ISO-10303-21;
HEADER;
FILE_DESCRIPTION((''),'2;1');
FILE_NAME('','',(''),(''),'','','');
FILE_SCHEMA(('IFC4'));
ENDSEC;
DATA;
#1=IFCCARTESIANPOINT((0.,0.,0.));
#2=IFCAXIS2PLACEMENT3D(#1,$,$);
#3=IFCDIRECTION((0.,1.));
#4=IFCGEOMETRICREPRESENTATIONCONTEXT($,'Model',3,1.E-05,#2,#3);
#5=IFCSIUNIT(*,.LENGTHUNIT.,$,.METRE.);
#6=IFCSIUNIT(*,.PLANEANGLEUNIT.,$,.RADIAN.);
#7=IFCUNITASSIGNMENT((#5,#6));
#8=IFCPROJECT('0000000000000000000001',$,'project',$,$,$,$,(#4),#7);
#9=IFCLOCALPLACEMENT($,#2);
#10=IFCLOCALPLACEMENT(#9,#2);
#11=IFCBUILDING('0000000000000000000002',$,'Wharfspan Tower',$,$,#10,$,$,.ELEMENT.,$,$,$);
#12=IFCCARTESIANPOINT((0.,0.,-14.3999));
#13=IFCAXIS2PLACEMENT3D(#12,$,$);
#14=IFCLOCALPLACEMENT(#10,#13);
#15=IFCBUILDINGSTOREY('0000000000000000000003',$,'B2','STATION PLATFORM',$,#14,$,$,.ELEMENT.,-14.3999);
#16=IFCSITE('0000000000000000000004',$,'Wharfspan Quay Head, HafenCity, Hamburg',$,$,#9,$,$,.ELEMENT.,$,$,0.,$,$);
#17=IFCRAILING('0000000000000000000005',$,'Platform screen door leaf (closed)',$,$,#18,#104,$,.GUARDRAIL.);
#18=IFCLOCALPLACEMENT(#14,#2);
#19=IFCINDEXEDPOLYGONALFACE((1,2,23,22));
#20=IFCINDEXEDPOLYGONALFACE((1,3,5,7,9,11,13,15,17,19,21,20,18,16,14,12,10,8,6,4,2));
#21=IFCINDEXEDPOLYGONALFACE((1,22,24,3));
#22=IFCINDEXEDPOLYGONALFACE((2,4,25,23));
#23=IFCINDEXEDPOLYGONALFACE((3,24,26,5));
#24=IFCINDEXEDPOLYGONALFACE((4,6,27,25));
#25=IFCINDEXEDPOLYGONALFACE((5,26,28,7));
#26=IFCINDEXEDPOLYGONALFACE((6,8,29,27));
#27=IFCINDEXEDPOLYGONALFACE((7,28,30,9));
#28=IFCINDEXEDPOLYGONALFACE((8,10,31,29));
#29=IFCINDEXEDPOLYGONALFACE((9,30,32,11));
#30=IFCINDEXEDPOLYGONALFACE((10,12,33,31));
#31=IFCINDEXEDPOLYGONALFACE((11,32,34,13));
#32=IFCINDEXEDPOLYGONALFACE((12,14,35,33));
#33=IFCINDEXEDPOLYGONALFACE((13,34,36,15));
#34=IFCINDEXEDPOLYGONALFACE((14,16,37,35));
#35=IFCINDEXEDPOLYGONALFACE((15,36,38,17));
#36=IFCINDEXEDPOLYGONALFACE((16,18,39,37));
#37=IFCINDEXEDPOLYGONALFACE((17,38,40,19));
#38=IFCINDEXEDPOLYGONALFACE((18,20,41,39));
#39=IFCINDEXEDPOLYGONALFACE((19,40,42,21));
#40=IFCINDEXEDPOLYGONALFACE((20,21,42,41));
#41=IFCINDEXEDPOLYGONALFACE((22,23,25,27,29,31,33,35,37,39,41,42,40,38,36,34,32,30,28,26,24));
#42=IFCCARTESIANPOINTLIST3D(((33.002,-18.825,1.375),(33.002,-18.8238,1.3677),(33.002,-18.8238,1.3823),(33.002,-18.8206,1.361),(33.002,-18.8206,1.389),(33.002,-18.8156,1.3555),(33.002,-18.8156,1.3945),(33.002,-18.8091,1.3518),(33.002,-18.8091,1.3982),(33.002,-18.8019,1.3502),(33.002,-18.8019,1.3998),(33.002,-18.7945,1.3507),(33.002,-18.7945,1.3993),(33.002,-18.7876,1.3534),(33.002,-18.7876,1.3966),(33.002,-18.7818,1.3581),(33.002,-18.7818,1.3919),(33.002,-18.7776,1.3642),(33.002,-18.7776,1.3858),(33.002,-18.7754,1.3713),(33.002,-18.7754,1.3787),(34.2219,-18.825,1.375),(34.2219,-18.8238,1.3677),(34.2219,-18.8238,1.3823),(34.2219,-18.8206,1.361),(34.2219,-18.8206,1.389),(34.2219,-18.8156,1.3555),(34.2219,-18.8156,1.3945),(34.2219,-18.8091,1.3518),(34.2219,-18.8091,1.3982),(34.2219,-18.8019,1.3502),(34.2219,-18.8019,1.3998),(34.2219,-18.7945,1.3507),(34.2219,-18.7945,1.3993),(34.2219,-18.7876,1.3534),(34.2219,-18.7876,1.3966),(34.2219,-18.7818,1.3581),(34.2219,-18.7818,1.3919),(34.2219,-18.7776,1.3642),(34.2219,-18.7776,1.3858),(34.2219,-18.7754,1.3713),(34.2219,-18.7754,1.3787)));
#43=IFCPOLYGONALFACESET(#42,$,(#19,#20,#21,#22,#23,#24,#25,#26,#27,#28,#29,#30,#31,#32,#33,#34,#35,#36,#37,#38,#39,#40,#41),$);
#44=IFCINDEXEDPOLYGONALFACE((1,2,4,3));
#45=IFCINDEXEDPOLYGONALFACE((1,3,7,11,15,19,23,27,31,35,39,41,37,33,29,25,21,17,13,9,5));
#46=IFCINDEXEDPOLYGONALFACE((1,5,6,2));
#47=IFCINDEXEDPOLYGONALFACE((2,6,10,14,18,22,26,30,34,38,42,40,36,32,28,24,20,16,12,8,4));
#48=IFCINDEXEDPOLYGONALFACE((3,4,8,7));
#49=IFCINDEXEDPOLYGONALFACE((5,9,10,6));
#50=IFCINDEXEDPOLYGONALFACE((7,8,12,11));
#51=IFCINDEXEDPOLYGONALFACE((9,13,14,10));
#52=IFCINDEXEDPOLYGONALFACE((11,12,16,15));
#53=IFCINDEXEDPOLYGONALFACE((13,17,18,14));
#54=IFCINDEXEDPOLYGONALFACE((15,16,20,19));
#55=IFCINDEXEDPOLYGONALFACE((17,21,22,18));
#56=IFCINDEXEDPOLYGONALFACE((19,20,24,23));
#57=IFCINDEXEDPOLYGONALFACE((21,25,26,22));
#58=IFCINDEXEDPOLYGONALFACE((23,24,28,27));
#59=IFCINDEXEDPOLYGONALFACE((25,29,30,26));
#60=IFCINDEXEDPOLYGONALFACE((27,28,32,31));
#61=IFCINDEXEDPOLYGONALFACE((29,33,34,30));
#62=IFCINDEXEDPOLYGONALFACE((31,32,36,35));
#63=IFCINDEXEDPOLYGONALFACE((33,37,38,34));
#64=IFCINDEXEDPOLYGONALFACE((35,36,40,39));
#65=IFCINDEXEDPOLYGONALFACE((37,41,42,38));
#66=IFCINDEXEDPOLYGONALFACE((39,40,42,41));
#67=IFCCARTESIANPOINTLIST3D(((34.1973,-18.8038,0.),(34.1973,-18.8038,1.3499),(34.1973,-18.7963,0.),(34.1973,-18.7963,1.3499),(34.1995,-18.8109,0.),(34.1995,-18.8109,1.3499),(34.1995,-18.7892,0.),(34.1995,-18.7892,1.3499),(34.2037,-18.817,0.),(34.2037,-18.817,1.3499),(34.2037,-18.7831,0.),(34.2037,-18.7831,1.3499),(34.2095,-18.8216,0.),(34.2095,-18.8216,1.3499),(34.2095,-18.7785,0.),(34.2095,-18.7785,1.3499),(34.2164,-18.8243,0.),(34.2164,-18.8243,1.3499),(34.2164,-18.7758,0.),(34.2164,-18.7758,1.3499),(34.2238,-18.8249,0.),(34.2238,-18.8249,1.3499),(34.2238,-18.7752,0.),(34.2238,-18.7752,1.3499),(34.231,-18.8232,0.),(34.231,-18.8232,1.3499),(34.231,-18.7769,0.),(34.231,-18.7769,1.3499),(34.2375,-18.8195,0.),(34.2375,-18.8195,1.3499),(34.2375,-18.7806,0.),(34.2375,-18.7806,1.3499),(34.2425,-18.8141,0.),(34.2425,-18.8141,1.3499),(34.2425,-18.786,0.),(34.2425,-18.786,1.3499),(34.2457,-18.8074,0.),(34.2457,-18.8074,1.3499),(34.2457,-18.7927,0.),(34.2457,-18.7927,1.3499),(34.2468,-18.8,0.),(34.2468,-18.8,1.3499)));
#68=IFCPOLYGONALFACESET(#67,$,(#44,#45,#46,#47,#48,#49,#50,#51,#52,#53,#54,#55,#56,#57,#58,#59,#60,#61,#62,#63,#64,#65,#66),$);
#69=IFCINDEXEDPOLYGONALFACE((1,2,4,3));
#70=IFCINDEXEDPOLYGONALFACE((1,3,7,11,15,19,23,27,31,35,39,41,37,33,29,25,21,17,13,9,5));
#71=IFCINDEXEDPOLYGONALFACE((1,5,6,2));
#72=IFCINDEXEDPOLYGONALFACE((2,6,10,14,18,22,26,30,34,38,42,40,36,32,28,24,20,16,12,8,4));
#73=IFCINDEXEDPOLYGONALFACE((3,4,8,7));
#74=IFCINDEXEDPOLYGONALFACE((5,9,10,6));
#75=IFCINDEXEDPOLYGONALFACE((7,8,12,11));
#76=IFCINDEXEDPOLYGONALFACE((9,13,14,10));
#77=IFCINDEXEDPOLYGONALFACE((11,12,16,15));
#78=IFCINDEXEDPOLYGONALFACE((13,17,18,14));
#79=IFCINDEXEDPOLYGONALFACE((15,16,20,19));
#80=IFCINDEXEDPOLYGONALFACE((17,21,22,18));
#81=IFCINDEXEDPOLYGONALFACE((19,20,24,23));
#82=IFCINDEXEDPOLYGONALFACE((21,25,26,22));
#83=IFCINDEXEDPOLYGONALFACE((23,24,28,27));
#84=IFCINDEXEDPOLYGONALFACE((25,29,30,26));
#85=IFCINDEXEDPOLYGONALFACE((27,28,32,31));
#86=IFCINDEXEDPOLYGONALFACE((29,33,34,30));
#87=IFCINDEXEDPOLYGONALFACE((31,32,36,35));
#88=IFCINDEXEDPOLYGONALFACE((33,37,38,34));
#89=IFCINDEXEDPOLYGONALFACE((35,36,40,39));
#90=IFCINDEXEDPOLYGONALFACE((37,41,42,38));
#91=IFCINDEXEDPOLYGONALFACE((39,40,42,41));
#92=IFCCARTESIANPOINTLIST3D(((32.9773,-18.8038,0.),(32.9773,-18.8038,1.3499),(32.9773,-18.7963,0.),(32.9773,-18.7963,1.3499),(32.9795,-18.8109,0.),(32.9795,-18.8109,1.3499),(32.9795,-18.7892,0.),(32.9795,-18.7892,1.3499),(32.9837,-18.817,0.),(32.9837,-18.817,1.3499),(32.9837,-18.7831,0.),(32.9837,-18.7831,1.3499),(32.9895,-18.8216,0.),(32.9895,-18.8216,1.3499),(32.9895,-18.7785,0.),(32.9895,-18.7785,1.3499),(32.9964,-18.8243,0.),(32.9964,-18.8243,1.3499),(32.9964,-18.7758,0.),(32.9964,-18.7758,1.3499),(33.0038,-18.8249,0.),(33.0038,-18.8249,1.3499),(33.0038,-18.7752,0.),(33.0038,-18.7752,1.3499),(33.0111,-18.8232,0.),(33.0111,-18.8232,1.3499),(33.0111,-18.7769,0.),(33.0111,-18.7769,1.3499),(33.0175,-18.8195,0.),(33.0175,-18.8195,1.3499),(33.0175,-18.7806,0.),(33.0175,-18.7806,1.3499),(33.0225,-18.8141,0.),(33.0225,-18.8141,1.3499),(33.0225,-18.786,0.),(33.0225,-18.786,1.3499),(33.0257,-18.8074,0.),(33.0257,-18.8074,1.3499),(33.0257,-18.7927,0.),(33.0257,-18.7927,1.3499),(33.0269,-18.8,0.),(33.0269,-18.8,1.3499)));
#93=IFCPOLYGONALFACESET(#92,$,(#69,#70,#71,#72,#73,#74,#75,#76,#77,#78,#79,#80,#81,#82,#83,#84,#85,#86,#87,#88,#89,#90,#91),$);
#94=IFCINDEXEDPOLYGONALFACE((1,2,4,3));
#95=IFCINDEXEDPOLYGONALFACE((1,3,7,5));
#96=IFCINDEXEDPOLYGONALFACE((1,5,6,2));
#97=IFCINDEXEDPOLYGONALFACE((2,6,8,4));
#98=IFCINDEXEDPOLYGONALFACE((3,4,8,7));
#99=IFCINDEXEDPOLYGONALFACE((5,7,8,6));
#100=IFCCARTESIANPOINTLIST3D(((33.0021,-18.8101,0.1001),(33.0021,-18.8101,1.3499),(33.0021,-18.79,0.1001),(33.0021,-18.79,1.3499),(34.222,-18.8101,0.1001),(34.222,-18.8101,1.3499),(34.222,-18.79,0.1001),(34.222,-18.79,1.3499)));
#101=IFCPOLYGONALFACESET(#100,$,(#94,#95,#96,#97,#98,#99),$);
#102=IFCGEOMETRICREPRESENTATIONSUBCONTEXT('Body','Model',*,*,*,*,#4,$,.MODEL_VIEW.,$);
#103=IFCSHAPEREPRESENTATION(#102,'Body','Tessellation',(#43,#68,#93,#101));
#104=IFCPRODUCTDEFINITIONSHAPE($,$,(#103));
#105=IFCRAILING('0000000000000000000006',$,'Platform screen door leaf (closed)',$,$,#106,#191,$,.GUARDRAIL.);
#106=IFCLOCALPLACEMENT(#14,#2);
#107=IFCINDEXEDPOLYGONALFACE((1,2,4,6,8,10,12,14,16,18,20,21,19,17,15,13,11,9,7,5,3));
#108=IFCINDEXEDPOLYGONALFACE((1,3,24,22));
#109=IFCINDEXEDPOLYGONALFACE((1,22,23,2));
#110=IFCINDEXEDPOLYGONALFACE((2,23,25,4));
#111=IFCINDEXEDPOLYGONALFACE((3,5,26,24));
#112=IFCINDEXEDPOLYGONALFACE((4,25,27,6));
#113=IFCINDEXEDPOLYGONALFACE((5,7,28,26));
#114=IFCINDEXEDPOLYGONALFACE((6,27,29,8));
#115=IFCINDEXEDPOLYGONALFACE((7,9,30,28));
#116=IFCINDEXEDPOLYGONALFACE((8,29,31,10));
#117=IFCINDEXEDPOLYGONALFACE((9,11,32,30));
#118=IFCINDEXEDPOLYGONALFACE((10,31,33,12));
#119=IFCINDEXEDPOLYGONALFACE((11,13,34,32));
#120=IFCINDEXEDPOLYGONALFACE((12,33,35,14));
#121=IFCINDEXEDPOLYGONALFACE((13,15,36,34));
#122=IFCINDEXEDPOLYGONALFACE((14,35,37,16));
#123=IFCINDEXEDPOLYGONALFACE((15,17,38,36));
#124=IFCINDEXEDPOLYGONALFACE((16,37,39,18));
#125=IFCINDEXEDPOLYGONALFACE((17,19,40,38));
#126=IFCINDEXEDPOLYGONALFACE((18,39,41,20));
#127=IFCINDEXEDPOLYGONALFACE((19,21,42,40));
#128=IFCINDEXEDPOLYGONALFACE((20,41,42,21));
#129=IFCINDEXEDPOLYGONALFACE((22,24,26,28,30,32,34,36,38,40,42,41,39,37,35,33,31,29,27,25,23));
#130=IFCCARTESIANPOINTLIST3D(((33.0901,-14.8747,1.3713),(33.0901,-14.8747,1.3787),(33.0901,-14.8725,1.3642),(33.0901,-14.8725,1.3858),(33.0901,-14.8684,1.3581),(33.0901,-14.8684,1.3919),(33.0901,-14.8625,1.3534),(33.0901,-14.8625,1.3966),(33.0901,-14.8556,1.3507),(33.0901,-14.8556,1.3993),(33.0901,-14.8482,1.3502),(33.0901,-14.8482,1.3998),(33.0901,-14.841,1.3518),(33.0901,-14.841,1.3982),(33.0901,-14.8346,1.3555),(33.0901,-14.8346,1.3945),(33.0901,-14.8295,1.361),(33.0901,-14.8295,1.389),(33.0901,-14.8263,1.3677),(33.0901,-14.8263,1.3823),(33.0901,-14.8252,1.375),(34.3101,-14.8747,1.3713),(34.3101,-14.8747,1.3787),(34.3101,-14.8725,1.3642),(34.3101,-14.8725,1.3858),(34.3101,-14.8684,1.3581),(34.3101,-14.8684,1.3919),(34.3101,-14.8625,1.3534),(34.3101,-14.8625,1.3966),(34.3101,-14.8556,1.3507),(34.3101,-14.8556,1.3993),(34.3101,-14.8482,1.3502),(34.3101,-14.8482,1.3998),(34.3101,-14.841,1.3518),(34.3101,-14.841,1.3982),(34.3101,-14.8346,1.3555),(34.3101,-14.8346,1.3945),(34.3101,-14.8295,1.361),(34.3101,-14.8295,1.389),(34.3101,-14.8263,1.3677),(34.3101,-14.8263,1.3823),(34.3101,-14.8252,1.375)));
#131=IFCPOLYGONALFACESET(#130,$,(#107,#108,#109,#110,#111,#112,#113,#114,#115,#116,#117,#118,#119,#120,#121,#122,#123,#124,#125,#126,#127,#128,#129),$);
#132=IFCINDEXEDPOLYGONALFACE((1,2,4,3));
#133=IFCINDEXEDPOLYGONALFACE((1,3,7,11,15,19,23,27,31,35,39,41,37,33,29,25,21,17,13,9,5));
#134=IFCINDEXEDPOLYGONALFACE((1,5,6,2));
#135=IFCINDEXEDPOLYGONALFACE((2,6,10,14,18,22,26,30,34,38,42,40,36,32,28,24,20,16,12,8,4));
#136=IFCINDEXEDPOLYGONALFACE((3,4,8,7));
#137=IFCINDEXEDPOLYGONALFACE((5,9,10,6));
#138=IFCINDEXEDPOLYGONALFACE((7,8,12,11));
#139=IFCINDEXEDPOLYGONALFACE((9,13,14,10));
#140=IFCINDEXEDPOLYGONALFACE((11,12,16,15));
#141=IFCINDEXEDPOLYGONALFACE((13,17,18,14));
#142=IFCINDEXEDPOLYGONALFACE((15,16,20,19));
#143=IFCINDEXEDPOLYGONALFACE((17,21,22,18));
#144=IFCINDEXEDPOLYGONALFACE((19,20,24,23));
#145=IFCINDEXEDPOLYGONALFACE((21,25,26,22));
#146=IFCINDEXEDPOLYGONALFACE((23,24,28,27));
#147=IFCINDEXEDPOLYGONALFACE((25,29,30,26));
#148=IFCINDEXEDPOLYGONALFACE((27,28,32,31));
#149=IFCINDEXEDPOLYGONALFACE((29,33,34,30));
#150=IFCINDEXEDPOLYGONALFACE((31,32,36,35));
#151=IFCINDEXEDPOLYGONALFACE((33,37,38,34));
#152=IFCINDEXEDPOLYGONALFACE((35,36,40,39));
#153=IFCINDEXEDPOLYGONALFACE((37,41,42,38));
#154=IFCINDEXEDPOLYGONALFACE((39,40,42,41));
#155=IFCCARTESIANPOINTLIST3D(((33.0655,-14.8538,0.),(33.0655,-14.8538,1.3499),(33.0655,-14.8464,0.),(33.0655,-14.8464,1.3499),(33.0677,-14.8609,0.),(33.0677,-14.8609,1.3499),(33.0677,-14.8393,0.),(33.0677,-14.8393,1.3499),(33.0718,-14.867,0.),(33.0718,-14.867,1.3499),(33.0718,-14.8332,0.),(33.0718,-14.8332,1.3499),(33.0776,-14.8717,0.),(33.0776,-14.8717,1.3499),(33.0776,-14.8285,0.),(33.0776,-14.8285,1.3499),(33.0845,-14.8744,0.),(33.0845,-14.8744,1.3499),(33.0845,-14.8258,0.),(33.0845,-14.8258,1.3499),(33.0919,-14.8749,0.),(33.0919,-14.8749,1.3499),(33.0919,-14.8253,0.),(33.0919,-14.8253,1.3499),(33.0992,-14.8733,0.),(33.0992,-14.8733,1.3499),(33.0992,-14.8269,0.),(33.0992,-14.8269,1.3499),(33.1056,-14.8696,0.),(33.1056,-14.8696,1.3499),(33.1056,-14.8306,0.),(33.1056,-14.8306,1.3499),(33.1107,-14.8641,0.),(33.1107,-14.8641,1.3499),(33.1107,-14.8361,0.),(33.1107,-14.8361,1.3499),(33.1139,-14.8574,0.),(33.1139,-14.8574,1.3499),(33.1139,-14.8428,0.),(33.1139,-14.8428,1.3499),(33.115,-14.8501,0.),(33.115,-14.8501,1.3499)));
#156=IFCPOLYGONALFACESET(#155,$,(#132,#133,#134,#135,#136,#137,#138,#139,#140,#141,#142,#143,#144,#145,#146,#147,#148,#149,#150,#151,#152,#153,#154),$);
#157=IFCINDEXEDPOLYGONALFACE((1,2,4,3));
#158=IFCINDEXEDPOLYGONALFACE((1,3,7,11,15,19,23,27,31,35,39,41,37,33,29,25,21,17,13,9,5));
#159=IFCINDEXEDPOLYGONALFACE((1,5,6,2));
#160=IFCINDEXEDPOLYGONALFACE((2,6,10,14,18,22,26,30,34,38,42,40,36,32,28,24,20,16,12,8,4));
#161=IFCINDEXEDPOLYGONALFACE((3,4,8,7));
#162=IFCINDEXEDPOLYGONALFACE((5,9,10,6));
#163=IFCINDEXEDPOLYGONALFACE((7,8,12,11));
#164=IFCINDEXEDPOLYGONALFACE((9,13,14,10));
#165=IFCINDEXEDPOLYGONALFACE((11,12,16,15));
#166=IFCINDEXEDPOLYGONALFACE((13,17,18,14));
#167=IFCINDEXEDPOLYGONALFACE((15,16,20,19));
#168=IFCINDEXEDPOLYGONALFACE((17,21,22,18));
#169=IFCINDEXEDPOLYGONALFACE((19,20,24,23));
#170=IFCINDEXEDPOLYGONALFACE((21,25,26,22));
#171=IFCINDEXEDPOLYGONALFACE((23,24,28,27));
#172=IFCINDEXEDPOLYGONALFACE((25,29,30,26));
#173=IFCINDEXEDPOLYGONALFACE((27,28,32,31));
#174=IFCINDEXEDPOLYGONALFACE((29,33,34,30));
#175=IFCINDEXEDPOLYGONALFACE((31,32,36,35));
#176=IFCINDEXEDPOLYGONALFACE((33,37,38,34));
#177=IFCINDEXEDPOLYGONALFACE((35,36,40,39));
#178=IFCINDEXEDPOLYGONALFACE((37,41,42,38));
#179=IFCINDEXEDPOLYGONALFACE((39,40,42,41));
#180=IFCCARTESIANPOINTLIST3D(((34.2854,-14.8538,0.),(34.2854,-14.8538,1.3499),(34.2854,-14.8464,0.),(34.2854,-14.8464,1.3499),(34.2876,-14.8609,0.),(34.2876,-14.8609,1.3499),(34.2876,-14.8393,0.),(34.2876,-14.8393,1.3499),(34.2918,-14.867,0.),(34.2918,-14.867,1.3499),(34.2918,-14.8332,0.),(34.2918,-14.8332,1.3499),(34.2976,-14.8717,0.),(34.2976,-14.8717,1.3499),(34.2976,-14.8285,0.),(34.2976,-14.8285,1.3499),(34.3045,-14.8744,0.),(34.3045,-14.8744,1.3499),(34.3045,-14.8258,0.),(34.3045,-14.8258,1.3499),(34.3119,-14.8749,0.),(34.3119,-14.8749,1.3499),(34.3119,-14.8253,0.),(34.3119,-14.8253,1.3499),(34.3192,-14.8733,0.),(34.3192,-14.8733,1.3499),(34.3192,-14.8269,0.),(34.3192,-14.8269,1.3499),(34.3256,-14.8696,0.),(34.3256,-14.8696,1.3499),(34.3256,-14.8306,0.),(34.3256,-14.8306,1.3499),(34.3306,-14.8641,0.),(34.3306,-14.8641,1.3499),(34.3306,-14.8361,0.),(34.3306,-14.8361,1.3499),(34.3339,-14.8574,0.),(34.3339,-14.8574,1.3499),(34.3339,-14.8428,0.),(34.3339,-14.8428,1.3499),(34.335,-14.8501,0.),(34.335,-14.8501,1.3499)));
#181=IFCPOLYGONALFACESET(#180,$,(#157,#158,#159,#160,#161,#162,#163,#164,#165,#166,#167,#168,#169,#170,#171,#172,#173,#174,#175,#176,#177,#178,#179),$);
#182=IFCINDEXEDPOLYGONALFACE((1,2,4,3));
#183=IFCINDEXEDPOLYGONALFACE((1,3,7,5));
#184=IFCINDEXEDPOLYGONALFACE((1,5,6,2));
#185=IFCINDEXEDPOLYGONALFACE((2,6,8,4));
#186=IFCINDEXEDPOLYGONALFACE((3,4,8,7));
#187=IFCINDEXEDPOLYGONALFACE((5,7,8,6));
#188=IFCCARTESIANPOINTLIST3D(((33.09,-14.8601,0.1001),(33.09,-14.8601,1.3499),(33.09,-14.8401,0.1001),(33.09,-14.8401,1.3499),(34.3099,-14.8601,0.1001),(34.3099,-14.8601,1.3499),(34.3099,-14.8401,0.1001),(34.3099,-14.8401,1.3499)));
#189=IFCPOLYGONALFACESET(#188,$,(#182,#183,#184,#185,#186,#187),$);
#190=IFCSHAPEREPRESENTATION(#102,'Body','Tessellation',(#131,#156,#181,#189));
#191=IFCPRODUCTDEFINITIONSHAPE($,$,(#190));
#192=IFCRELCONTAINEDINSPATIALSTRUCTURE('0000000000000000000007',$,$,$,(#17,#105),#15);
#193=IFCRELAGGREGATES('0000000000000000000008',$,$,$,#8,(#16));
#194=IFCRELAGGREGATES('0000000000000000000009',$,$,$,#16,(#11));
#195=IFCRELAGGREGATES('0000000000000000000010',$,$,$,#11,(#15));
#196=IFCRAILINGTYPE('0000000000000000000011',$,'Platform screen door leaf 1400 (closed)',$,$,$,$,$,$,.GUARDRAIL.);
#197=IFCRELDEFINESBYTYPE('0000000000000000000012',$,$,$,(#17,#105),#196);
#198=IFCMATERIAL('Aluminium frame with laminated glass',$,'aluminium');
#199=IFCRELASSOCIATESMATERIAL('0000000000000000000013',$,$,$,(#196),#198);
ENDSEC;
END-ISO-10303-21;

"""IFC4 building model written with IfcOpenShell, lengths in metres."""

from ifc_helpers import new_model, si_unit, direction, frame, origin, origin_2d, place, context, subcontext, project, spatial, rectangle, circle, extrude, material, type_object, element, save


model = new_model("IFC4")

# Units and contexts
model_context = context("Model", 3, precision=1e-05, world=origin(), true_north=direction((0.0, 1.0)))
body_context = subcontext(model_context, "Body", "Model", "MODEL_VIEW")
ifc_project = project(units=[si_unit("LENGTHUNIT", "METRE"), si_unit("PLANEANGLEUNIT", "RADIAN")], contexts=[model_context])

# Site, building, storey
site_placement = place(None, origin())
site = spatial("IfcSite", under=ifc_project, at=site_placement, Name="Wharfspan Quay Head, HafenCity, Hamburg", CompositionType="ELEMENT", RefElevation=0.0)
building_placement = place(site_placement, origin())
building = spatial("IfcBuilding", under=site, at=building_placement, Name="Wharfspan Tower", CompositionType="ELEMENT")
storey_placement = place(building_placement, frame((0.0, 0.0, -14.3999)))
storey = spatial("IfcBuildingStorey", under=building, at=storey_placement, Name="B2", Description="STATION PLATFORM", CompositionType="ELEMENT", Elevation=-14.3999)

# Railings
ifc_material_1 = material(Name="Aluminium frame with laminated glass", Category="aluminium")
railing_type_1 = type_object("IfcRailingType", Name="Platform screen door leaf 1400 (closed)", PredefinedType="GUARDRAIL", material=ifc_material_1)
for number, where, name in (
    (1, (34.2219, -18.8, 0.0), "Platform screen door leaf (closed)"),
):
    element("IfcRailing", number, at=place(storey_placement, frame(where)), inside=storey, type_object=railing_type_1, Name=name, PredefinedType="GUARDRAIL", context=body_context, shape_type="SweptSolid", body=[
        extrude(circle(Radius=0.0249, at=origin_2d()), frame((0.0, 0.0, 1.375), z_axis=(-1.0, 0.0, 0.0), x_axis=(0.0, -1.0, 0.0)), (0.0, 0.0, 1.0), 1.22),
        extrude(circle(Radius=0.0249, at=origin_2d()), origin(), (0.0, 0.0, 1.0), 1.3499),
        extrude(circle(Radius=0.0249, at=origin_2d()), frame((-1.22, 0.0, 0.0)), (0.0, 0.0, 1.0), 1.3499),
        extrude(rectangle(XDim=1.22, YDim=0.02, at=origin_2d()), frame((-0.6099, 0.0, 0.1001), z_axis=(0.0, 0.0, 1.0), x_axis=(-1.0, 0.0, 0.0)), (0.0, 0.0, 1.0), 1.2498),
    ])
for number, where, name in (
    (2, (33.0901, -14.8501, 0.0), "Platform screen door leaf (closed)"),
):
    element("IfcRailing", number, at=place(storey_placement, frame(where)), inside=storey, type_object=railing_type_1, Name=name, PredefinedType="GUARDRAIL", context=body_context, shape_type="SweptSolid", body=[
        extrude(circle(Radius=0.0249, at=origin_2d()), frame((0.0, 0.0, 1.375), z_axis=(1.0, 0.0, 0.0), x_axis=(0.0, 1.0, 0.0)), (0.0, 0.0, 1.0), 1.22),
        extrude(circle(Radius=0.0249, at=origin_2d()), origin(), (0.0, 0.0, 1.0), 1.3499),
        extrude(circle(Radius=0.0249, at=origin_2d()), frame((1.22, 0.0, 0.0)), (0.0, 0.0, 1.0), 1.3499),
        extrude(rectangle(XDim=1.22, YDim=0.02, at=origin_2d()), frame((0.6099, 0.0, 0.1001), z_axis=(0.0, 0.0, 1.0), x_axis=(1.0, 0.0, 0.0)), (0.0, 0.0, 1.0), 1.2498),
    ])

save(model, "model.ifc")
